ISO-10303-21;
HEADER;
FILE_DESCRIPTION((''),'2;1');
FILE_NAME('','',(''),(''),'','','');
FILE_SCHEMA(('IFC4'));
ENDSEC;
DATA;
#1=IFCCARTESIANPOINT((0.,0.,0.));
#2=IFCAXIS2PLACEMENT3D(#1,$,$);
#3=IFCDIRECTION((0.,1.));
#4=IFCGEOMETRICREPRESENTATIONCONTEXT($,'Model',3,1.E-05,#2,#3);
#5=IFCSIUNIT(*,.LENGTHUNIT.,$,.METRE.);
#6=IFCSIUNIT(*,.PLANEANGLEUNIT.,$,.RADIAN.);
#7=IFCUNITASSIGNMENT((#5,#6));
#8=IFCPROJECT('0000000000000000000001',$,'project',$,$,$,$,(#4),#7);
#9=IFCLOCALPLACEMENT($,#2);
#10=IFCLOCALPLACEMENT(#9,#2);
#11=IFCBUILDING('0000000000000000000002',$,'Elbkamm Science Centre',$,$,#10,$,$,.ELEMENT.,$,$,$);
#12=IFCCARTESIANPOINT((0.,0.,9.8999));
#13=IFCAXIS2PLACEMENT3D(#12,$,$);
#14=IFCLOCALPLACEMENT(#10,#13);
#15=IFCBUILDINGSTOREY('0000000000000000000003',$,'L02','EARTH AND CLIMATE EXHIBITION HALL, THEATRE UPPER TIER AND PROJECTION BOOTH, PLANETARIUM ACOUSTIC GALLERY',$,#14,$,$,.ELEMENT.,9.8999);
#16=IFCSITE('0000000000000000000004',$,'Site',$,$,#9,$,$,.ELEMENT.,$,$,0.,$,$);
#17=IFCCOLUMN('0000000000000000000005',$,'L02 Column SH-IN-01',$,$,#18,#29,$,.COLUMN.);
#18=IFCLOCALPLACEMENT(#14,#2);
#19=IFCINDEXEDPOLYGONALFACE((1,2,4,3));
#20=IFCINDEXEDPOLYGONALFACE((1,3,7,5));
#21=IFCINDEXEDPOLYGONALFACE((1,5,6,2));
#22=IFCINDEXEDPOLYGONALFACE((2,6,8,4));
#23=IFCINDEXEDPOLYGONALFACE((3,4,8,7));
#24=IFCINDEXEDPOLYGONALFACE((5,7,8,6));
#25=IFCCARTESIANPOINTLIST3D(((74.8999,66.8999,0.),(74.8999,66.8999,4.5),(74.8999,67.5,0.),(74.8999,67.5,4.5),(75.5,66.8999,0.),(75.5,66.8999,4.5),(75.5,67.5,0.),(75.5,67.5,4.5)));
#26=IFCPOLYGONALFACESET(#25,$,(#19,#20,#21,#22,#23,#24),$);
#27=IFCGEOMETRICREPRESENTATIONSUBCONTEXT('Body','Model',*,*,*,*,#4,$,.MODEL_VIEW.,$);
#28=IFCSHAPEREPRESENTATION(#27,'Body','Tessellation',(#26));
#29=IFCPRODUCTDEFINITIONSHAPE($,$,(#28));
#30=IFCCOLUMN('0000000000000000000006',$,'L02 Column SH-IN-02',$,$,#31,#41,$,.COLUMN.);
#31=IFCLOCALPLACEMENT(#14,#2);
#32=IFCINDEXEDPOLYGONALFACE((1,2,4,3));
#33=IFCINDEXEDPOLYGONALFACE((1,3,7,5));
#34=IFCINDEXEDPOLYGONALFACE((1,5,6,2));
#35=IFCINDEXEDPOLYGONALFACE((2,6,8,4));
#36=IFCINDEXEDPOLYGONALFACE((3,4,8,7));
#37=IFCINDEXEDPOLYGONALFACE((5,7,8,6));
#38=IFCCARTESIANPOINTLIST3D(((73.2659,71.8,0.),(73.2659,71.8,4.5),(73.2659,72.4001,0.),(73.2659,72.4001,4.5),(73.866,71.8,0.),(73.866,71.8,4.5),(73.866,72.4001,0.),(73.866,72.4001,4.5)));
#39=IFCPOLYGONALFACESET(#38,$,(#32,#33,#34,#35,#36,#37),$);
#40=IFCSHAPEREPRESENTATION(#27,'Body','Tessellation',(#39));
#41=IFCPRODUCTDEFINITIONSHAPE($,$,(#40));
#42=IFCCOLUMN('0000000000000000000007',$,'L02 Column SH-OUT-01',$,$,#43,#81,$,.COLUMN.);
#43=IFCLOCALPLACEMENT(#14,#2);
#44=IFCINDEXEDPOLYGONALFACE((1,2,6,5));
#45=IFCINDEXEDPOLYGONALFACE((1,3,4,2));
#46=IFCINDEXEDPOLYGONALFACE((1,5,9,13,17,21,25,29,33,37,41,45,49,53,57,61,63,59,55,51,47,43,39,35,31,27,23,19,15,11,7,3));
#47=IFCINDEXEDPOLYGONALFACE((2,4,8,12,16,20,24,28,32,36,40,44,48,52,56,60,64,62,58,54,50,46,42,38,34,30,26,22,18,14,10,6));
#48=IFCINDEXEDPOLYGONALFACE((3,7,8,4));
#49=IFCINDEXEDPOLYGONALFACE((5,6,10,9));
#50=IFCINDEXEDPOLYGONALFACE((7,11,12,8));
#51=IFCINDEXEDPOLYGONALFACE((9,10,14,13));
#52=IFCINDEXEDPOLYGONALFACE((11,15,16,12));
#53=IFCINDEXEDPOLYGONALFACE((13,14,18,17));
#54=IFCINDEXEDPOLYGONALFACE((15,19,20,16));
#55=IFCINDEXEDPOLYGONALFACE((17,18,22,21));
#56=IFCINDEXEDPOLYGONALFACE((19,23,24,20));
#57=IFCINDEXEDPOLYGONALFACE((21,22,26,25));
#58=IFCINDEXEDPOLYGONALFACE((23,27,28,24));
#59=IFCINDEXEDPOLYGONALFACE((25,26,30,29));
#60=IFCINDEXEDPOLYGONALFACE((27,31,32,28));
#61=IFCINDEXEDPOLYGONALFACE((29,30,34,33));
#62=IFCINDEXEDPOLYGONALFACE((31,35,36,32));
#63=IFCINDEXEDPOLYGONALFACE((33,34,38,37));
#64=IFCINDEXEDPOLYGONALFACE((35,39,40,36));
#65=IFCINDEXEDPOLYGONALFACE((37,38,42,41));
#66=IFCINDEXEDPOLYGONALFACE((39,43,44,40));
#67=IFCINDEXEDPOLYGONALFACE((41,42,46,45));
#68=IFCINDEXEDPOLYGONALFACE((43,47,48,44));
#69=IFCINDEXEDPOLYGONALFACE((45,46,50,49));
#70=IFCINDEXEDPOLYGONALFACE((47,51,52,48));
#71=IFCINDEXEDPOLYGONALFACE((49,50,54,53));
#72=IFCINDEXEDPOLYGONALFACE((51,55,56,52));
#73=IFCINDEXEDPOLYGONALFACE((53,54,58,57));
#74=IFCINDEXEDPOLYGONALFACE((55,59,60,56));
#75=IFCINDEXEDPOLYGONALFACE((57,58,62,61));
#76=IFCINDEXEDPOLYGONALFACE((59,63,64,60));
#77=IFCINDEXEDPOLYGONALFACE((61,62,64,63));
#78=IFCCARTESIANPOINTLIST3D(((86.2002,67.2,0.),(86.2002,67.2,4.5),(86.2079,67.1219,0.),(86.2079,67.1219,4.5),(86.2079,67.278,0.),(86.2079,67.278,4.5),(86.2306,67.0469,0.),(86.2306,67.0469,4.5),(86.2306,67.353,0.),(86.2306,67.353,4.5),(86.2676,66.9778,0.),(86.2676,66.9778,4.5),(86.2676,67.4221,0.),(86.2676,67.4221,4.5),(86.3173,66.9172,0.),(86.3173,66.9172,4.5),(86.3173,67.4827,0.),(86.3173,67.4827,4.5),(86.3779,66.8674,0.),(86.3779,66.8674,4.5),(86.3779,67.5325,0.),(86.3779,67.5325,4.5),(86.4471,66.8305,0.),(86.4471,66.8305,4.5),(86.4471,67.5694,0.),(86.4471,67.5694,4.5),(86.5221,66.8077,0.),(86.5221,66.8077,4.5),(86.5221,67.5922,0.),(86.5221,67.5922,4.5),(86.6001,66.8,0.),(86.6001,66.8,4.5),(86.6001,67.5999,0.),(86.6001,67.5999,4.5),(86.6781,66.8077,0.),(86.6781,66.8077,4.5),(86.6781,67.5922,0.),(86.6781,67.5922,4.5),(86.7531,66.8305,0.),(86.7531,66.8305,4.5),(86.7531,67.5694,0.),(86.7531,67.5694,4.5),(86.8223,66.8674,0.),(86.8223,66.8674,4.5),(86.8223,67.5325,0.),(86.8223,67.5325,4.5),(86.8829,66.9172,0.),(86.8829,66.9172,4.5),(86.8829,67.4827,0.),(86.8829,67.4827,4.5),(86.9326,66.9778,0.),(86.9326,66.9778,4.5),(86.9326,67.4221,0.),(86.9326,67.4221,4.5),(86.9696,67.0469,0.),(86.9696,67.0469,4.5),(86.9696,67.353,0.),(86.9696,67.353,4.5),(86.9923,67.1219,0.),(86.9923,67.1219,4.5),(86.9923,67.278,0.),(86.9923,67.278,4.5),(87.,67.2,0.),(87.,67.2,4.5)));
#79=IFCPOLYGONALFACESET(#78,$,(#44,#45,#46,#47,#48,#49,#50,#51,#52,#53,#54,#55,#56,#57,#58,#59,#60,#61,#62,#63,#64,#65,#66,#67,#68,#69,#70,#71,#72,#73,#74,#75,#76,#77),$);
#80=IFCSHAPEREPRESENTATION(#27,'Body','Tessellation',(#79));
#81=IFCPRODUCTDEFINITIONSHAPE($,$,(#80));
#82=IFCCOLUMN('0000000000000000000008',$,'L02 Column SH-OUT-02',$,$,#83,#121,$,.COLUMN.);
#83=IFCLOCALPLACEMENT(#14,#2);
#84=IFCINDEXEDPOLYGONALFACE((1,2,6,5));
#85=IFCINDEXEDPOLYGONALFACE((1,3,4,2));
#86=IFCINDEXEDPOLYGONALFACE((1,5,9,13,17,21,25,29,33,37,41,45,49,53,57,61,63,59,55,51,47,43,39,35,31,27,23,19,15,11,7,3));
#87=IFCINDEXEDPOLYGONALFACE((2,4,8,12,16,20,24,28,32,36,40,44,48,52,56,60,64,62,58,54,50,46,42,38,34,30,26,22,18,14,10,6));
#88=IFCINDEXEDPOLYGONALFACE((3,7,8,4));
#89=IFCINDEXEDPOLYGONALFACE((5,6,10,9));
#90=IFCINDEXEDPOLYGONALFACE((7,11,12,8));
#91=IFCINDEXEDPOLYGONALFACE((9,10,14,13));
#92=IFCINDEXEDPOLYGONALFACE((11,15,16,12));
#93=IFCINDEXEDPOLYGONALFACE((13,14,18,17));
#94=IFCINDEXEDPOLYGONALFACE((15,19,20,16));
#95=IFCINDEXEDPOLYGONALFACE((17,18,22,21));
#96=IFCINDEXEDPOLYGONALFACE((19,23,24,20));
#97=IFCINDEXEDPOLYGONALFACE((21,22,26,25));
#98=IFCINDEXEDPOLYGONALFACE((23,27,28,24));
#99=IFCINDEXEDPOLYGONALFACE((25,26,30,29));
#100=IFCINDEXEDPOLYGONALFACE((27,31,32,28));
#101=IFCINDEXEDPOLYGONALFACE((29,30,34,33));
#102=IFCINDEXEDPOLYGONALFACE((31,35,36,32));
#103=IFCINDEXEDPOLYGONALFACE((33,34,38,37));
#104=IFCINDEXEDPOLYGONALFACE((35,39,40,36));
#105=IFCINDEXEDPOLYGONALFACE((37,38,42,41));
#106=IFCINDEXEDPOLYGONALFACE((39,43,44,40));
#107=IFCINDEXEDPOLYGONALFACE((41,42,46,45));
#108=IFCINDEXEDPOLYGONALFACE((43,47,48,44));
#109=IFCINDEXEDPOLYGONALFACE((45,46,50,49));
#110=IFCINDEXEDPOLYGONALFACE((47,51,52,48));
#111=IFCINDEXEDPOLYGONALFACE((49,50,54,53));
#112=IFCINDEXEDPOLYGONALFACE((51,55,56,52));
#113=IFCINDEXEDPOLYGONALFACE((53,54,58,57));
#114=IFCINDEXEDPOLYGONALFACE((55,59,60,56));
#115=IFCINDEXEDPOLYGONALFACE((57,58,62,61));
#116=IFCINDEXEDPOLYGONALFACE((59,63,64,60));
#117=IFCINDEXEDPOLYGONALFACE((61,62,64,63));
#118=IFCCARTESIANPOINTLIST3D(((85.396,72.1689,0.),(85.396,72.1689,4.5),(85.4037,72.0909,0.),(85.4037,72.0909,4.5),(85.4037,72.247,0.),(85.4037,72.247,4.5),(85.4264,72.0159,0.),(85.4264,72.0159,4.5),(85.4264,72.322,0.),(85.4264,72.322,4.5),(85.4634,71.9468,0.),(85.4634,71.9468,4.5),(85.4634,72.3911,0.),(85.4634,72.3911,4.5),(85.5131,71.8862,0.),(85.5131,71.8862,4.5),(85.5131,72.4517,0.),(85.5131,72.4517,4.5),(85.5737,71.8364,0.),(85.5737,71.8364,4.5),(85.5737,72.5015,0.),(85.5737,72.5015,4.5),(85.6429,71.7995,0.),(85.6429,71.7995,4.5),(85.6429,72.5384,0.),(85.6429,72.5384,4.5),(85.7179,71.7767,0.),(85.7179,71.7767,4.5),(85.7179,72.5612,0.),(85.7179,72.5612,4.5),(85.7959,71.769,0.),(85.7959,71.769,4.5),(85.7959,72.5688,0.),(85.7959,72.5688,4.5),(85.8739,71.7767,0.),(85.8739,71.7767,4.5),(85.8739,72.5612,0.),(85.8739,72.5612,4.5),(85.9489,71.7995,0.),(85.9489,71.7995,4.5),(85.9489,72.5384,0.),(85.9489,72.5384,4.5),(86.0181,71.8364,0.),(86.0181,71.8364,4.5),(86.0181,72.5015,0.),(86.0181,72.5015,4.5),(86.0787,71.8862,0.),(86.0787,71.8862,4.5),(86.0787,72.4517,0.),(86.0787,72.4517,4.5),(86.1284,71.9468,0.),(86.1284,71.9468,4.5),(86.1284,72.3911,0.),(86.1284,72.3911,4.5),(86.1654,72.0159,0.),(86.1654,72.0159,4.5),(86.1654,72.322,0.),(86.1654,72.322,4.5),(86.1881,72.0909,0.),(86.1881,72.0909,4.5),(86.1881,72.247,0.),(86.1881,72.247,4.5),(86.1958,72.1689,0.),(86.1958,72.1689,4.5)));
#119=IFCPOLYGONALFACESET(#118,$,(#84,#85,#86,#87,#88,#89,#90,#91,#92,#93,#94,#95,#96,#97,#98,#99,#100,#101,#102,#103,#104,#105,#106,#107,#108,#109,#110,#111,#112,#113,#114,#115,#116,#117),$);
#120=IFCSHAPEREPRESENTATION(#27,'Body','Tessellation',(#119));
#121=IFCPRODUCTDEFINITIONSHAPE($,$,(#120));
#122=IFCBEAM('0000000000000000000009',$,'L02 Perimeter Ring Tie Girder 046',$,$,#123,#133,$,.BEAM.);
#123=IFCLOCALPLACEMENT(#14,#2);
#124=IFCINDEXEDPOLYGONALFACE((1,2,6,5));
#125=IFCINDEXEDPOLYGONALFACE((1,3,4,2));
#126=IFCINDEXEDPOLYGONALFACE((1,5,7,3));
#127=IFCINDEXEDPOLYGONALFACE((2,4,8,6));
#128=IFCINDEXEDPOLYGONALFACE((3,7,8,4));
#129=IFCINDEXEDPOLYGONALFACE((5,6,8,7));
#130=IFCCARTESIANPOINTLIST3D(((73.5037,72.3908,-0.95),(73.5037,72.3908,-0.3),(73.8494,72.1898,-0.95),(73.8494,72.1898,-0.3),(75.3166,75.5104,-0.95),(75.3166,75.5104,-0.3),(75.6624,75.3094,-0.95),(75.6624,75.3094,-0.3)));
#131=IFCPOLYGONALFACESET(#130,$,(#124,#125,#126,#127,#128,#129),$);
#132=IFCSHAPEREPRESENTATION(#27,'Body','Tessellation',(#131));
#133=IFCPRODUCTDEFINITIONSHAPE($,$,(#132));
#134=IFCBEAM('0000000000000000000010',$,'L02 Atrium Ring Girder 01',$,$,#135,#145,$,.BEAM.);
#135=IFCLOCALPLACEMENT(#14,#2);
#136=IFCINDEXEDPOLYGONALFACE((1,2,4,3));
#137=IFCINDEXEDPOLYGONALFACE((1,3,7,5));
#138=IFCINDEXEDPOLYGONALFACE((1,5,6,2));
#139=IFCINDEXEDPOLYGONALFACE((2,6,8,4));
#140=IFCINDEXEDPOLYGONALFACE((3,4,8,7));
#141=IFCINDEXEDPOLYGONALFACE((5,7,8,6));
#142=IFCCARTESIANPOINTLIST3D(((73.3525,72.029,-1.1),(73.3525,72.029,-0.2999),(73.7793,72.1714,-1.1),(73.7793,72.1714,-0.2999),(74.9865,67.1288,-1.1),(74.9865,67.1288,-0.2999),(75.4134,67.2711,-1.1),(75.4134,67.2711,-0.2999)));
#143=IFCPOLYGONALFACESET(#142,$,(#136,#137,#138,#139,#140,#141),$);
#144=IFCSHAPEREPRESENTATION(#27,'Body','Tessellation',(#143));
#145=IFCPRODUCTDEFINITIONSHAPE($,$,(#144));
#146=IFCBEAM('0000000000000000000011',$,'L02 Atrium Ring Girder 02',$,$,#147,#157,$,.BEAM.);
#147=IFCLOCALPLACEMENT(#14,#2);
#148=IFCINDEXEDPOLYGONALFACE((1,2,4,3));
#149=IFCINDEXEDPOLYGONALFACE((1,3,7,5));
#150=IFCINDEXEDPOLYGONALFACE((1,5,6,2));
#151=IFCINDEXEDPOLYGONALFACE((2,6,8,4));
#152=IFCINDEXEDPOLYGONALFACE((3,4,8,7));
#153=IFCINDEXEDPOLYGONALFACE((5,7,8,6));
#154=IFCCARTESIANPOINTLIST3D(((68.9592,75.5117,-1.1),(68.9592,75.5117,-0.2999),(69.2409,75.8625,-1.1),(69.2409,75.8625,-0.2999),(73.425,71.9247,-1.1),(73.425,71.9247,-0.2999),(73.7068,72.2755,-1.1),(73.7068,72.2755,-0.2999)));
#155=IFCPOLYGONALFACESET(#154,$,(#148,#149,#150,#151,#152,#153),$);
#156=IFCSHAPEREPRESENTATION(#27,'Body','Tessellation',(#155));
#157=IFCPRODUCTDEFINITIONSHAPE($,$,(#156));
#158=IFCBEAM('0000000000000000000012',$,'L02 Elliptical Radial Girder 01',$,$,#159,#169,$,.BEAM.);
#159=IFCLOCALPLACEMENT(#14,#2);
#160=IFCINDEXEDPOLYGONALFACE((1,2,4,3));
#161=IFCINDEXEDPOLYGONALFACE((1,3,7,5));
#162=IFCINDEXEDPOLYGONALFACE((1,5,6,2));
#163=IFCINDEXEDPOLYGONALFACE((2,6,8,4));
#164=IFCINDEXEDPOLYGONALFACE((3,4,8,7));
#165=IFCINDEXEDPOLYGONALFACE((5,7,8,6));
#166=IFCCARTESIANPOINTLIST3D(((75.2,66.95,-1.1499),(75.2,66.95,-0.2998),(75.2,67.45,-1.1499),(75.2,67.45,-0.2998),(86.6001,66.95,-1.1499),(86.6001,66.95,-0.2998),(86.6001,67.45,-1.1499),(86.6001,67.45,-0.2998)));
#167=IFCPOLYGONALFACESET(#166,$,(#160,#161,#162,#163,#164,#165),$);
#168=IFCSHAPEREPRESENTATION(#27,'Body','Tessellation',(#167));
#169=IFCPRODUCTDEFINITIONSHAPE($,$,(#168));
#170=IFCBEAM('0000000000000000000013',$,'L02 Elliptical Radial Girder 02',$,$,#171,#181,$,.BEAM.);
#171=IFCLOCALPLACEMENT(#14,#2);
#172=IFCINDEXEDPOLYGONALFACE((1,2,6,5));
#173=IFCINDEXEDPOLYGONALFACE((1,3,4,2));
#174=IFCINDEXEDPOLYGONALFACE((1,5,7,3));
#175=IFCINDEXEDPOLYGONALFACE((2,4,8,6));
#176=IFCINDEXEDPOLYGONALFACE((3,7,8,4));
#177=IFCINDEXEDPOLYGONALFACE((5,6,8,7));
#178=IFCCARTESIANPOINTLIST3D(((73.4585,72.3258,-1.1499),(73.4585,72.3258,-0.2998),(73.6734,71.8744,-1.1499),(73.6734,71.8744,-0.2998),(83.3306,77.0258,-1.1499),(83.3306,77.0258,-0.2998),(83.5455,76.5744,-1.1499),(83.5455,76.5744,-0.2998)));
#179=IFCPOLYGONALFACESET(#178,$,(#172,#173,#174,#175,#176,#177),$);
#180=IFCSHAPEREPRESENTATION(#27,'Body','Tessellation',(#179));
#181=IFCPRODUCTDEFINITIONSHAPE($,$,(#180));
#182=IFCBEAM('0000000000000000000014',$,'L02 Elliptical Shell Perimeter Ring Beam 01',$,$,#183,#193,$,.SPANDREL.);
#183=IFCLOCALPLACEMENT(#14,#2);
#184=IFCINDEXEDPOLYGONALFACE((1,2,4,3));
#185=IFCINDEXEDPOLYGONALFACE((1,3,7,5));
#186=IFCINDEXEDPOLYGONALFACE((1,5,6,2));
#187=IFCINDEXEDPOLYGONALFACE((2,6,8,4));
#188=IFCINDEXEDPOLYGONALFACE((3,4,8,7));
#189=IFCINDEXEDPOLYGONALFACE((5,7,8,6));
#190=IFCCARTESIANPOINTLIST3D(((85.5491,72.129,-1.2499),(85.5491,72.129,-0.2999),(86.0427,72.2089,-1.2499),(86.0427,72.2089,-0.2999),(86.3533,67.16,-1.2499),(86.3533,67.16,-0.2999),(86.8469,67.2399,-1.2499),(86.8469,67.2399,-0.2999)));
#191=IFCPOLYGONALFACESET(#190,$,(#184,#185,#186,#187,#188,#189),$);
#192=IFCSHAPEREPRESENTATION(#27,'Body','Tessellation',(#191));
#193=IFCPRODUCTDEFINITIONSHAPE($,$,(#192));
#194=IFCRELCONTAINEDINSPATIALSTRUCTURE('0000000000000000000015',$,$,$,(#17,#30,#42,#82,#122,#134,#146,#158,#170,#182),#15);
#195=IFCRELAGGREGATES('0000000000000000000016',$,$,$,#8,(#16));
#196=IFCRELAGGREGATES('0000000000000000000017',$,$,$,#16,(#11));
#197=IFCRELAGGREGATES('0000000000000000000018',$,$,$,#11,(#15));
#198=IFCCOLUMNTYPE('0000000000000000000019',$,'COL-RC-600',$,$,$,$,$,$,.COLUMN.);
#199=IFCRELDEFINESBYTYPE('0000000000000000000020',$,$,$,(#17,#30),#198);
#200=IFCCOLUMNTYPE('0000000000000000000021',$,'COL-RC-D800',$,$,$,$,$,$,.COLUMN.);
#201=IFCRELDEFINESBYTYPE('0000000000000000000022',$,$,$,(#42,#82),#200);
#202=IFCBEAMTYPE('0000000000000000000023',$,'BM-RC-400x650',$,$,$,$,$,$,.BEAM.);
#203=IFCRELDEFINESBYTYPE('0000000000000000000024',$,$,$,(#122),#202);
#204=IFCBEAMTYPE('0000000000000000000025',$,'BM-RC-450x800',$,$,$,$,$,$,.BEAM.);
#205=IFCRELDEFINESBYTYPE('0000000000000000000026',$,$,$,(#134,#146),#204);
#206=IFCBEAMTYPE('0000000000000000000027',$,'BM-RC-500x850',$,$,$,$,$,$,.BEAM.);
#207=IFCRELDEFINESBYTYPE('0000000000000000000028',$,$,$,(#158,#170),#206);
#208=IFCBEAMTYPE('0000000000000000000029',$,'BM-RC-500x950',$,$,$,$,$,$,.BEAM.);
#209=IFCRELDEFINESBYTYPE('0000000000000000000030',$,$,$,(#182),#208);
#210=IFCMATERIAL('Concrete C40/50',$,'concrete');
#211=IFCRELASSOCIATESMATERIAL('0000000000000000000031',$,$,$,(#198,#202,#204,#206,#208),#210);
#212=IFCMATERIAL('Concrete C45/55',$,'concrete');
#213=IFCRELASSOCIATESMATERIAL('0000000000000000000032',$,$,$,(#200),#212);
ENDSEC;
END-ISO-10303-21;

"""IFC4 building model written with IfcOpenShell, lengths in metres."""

from ifc_helpers import new_model, si_unit, direction, frame, origin, origin_2d, place, context, subcontext, project, spatial, rectangle, circle, extrude, material, material_profile, profile_set, type_object, element, save


model = new_model("IFC4")

# Units and contexts
model_context = context("Model", 3, precision=1e-05, world=origin(), true_north=direction((0.0, 1.0)))
body_context = subcontext(model_context, "Body", "Model", "MODEL_VIEW")
ifc_project = project(units=[si_unit("LENGTHUNIT", "METRE"), si_unit("PLANEANGLEUNIT", "RADIAN")], contexts=[model_context])

# Site, building, storey
site_placement = place(None, origin())
site = spatial("IfcSite", under=ifc_project, at=site_placement, Name="Site", CompositionType="ELEMENT", RefElevation=0.0)
building_placement = place(site_placement, origin())
building = spatial("IfcBuilding", under=site, at=building_placement, Name="Elbkamm Science Centre", CompositionType="ELEMENT")
storey_placement = place(building_placement, frame((0.0, 0.0, 9.8999)))
storey = spatial("IfcBuildingStorey", under=building, at=storey_placement, Name="L02", Description="EARTH AND CLIMATE EXHIBITION HALL, THEATRE UPPER TIER AND PROJECTION BOOTH, PLANETARIUM ACOUSTIC GALLERY", CompositionType="ELEMENT", Elevation=9.8999)

# Columns
ifc_material_1 = material(Name="Concrete C40/50", Category="concrete")
ifc_material_profile_1 = material_profile(ifc_material_1, rectangle(XDim=0.6001, YDim=0.6001, at=origin_2d()), Name="RC 600x600")
ifc_profile_set_1 = profile_set([ifc_material_profile_1], Name="Concrete C40/50")
column_type_1 = type_object("IfcColumnType", Name="COL-RC-600", PredefinedType="COLUMN", material=ifc_profile_set_1)
for number, where, z_axis, x_axis, name in (
    (1, (75.2, 67.2, 0.0), (0.0, 0.0, 1.0), (1.0, 0.0, 0.0), "L02 Column SH-IN-01"),
    (2, (73.5659, 72.1001, 0.0), (0.0, 0.0, 1.0), (1.0, 0.0, 0.0), "L02 Column SH-IN-02"),
):
    element("IfcColumn", number, at=place(storey_placement, frame(where, z_axis=z_axis, x_axis=x_axis)), inside=storey, type_object=column_type_1, Name=name, PredefinedType="COLUMN", context=body_context, shape_type="SweptSolid", body=[
        extrude(rectangle(XDim=0.6001, YDim=0.6001, at=origin_2d()), origin(), (0.0, 0.0, 1.0), 4.5),
    ])
ifc_material_2 = material(Name="Concrete C45/55", Category="concrete")
ifc_material_profile_2 = material_profile(ifc_material_2, circle(Radius=0.3999, at=origin_2d()), Name="RC D800")
ifc_profile_set_2 = profile_set([ifc_material_profile_2], Name="Concrete C45/55")
column_type_2 = type_object("IfcColumnType", Name="COL-RC-D800", PredefinedType="COLUMN", material=ifc_profile_set_2)
for number, where, z_axis, x_axis, name in (
    (3, (86.6001, 67.2, 0.0), (0.0, 0.0, 1.0), (1.0, 0.0, 0.0), "L02 Column SH-OUT-01"),
    (4, (85.7959, 72.1689, 0.0), (0.0, 0.0, 1.0), (1.0, 0.0, 0.0), "L02 Column SH-OUT-02"),
):
    element("IfcColumn", number, at=place(storey_placement, frame(where, z_axis=z_axis, x_axis=x_axis)), inside=storey, type_object=column_type_2, Name=name, PredefinedType="COLUMN", context=body_context, shape_type="SweptSolid", body=[
        extrude(circle(Radius=0.3999, at=origin_2d()), origin(), (0.0, 0.0, 1.0), 4.5),
    ])

# Beams
ifc_material_profile_3 = material_profile(ifc_material_1, rectangle(XDim=0.3999, YDim=0.6499, at=origin_2d()), Name="RC 400x650")
ifc_profile_set_3 = profile_set([ifc_material_profile_3], Name="Concrete C40/50")
beam_type_1 = type_object("IfcBeamType", Name="BM-RC-400x650", PredefinedType="BEAM", material=ifc_profile_set_3)
beam_1_placement = place(storey_placement, frame((75.4895, 75.4099, -0.625), z_axis=(-0.502465, -0.864597, 0.0), x_axis=(0.864597, -0.502465, 0.0)))
element("IfcBeam", 5, at=beam_1_placement, inside=storey, type_object=beam_type_1, Name="L02 Perimeter Ring Tie Girder 046", PredefinedType="BEAM", context=body_context, shape_type="SweptSolid", body=[
    extrude(rectangle(XDim=0.3999, YDim=0.6499, at=origin_2d()), origin(), (0.0, 0.0, 1.0), 3.6082),
])
ifc_material_profile_4 = material_profile(ifc_material_1, rectangle(XDim=0.45, YDim=0.8, at=origin_2d()), Name="RC 450x800")
ifc_profile_set_4 = profile_set([ifc_material_profile_4], Name="Concrete C40/50")
beam_type_2 = type_object("IfcBeamType", Name="BM-RC-450x800", PredefinedType="BEAM", material=ifc_profile_set_4)
beam_2_placement = place(storey_placement, frame((75.2, 67.2, -0.7), z_axis=(-0.316341, 0.948645, 0.0), x_axis=(-0.948645, -0.316341, 0.0)))
element("IfcBeam", 6, at=beam_2_placement, inside=storey, type_object=beam_type_2, Name="L02 Atrium Ring Girder 01", PredefinedType="BEAM", context=body_context, shape_type="SweptSolid", body=[
    extrude(rectangle(XDim=0.45, YDim=0.8, at=origin_2d()), origin(), (0.0, 0.0, 1.0), 5.1655),
])
beam_3_placement = place(storey_placement, frame((73.5659, 72.1001, -0.7), z_axis=(-0.779653, 0.626212, 0.0), x_axis=(-0.626212, -0.779653, 0.0)))
element("IfcBeam", 7, at=beam_3_placement, inside=storey, type_object=beam_type_2, Name="L02 Atrium Ring Girder 02", PredefinedType="BEAM", context=body_context, shape_type="SweptSolid", body=[
    extrude(rectangle(XDim=0.45, YDim=0.8, at=origin_2d()), origin(), (0.0, 0.0, 1.0), 5.728),
])
ifc_material_profile_5 = material_profile(ifc_material_1, rectangle(XDim=0.5, YDim=0.8501, at=origin_2d()), Name="RC 500x850")
ifc_profile_set_5 = profile_set([ifc_material_profile_5], Name="Concrete C40/50")
beam_type_3 = type_object("IfcBeamType", Name="BM-RC-500x850", PredefinedType="BEAM", material=ifc_profile_set_5)
beam_4_placement = place(storey_placement, frame((75.2, 67.2, -0.7249), z_axis=(1.0, 0.0, 0.0), x_axis=(0.0, 1.0, 0.0)))
element("IfcBeam", 8, at=beam_4_placement, inside=storey, type_object=beam_type_3, Name="L02 Elliptical Radial Girder 01", PredefinedType="BEAM", context=body_context, shape_type="SweptSolid", body=[
    extrude(rectangle(XDim=0.5, YDim=0.8501, at=origin_2d()), origin(), (0.0, 0.0, 1.0), 11.4001),
])
beam_5_placement = place(storey_placement, frame((73.5659, 72.1001, -0.7249), z_axis=(0.902897, 0.429856, 0.0), x_axis=(-0.429856, 0.902897, 0.0)))
element("IfcBeam", 9, at=beam_5_placement, inside=storey, type_object=beam_type_3, Name="L02 Elliptical Radial Girder 02", PredefinedType="BEAM", context=body_context, shape_type="SweptSolid", body=[
    extrude(rectangle(XDim=0.5, YDim=0.8501, at=origin_2d()), origin(), (0.0, 0.0, 1.0), 10.9338),
])
ifc_material_profile_6 = material_profile(ifc_material_1, rectangle(XDim=0.5, YDim=0.95, at=origin_2d()), Name="RC 500x950")
ifc_profile_set_6 = profile_set([ifc_material_profile_6], Name="Concrete C40/50")
beam_type_4 = type_object("IfcBeamType", Name="BM-RC-500x950", PredefinedType="BEAM", material=ifc_profile_set_6)
beam_6_placement = place(storey_placement, frame((86.6001, 67.2, -0.7749), z_axis=(-0.159765, 0.987155, 0.0), x_axis=(-0.987155, -0.159765, 0.0)))
element("IfcBeam", 10, at=beam_6_placement, inside=storey, type_object=beam_type_4, Name="L02 Elliptical Shell Perimeter Ring Beam 01", PredefinedType="SPANDREL", context=body_context, shape_type="SweptSolid", body=[
    extrude(rectangle(XDim=0.5, YDim=0.95, at=origin_2d()), origin(), (0.0, 0.0, 1.0), 5.0337),
])

save(model, "model.ifc")
